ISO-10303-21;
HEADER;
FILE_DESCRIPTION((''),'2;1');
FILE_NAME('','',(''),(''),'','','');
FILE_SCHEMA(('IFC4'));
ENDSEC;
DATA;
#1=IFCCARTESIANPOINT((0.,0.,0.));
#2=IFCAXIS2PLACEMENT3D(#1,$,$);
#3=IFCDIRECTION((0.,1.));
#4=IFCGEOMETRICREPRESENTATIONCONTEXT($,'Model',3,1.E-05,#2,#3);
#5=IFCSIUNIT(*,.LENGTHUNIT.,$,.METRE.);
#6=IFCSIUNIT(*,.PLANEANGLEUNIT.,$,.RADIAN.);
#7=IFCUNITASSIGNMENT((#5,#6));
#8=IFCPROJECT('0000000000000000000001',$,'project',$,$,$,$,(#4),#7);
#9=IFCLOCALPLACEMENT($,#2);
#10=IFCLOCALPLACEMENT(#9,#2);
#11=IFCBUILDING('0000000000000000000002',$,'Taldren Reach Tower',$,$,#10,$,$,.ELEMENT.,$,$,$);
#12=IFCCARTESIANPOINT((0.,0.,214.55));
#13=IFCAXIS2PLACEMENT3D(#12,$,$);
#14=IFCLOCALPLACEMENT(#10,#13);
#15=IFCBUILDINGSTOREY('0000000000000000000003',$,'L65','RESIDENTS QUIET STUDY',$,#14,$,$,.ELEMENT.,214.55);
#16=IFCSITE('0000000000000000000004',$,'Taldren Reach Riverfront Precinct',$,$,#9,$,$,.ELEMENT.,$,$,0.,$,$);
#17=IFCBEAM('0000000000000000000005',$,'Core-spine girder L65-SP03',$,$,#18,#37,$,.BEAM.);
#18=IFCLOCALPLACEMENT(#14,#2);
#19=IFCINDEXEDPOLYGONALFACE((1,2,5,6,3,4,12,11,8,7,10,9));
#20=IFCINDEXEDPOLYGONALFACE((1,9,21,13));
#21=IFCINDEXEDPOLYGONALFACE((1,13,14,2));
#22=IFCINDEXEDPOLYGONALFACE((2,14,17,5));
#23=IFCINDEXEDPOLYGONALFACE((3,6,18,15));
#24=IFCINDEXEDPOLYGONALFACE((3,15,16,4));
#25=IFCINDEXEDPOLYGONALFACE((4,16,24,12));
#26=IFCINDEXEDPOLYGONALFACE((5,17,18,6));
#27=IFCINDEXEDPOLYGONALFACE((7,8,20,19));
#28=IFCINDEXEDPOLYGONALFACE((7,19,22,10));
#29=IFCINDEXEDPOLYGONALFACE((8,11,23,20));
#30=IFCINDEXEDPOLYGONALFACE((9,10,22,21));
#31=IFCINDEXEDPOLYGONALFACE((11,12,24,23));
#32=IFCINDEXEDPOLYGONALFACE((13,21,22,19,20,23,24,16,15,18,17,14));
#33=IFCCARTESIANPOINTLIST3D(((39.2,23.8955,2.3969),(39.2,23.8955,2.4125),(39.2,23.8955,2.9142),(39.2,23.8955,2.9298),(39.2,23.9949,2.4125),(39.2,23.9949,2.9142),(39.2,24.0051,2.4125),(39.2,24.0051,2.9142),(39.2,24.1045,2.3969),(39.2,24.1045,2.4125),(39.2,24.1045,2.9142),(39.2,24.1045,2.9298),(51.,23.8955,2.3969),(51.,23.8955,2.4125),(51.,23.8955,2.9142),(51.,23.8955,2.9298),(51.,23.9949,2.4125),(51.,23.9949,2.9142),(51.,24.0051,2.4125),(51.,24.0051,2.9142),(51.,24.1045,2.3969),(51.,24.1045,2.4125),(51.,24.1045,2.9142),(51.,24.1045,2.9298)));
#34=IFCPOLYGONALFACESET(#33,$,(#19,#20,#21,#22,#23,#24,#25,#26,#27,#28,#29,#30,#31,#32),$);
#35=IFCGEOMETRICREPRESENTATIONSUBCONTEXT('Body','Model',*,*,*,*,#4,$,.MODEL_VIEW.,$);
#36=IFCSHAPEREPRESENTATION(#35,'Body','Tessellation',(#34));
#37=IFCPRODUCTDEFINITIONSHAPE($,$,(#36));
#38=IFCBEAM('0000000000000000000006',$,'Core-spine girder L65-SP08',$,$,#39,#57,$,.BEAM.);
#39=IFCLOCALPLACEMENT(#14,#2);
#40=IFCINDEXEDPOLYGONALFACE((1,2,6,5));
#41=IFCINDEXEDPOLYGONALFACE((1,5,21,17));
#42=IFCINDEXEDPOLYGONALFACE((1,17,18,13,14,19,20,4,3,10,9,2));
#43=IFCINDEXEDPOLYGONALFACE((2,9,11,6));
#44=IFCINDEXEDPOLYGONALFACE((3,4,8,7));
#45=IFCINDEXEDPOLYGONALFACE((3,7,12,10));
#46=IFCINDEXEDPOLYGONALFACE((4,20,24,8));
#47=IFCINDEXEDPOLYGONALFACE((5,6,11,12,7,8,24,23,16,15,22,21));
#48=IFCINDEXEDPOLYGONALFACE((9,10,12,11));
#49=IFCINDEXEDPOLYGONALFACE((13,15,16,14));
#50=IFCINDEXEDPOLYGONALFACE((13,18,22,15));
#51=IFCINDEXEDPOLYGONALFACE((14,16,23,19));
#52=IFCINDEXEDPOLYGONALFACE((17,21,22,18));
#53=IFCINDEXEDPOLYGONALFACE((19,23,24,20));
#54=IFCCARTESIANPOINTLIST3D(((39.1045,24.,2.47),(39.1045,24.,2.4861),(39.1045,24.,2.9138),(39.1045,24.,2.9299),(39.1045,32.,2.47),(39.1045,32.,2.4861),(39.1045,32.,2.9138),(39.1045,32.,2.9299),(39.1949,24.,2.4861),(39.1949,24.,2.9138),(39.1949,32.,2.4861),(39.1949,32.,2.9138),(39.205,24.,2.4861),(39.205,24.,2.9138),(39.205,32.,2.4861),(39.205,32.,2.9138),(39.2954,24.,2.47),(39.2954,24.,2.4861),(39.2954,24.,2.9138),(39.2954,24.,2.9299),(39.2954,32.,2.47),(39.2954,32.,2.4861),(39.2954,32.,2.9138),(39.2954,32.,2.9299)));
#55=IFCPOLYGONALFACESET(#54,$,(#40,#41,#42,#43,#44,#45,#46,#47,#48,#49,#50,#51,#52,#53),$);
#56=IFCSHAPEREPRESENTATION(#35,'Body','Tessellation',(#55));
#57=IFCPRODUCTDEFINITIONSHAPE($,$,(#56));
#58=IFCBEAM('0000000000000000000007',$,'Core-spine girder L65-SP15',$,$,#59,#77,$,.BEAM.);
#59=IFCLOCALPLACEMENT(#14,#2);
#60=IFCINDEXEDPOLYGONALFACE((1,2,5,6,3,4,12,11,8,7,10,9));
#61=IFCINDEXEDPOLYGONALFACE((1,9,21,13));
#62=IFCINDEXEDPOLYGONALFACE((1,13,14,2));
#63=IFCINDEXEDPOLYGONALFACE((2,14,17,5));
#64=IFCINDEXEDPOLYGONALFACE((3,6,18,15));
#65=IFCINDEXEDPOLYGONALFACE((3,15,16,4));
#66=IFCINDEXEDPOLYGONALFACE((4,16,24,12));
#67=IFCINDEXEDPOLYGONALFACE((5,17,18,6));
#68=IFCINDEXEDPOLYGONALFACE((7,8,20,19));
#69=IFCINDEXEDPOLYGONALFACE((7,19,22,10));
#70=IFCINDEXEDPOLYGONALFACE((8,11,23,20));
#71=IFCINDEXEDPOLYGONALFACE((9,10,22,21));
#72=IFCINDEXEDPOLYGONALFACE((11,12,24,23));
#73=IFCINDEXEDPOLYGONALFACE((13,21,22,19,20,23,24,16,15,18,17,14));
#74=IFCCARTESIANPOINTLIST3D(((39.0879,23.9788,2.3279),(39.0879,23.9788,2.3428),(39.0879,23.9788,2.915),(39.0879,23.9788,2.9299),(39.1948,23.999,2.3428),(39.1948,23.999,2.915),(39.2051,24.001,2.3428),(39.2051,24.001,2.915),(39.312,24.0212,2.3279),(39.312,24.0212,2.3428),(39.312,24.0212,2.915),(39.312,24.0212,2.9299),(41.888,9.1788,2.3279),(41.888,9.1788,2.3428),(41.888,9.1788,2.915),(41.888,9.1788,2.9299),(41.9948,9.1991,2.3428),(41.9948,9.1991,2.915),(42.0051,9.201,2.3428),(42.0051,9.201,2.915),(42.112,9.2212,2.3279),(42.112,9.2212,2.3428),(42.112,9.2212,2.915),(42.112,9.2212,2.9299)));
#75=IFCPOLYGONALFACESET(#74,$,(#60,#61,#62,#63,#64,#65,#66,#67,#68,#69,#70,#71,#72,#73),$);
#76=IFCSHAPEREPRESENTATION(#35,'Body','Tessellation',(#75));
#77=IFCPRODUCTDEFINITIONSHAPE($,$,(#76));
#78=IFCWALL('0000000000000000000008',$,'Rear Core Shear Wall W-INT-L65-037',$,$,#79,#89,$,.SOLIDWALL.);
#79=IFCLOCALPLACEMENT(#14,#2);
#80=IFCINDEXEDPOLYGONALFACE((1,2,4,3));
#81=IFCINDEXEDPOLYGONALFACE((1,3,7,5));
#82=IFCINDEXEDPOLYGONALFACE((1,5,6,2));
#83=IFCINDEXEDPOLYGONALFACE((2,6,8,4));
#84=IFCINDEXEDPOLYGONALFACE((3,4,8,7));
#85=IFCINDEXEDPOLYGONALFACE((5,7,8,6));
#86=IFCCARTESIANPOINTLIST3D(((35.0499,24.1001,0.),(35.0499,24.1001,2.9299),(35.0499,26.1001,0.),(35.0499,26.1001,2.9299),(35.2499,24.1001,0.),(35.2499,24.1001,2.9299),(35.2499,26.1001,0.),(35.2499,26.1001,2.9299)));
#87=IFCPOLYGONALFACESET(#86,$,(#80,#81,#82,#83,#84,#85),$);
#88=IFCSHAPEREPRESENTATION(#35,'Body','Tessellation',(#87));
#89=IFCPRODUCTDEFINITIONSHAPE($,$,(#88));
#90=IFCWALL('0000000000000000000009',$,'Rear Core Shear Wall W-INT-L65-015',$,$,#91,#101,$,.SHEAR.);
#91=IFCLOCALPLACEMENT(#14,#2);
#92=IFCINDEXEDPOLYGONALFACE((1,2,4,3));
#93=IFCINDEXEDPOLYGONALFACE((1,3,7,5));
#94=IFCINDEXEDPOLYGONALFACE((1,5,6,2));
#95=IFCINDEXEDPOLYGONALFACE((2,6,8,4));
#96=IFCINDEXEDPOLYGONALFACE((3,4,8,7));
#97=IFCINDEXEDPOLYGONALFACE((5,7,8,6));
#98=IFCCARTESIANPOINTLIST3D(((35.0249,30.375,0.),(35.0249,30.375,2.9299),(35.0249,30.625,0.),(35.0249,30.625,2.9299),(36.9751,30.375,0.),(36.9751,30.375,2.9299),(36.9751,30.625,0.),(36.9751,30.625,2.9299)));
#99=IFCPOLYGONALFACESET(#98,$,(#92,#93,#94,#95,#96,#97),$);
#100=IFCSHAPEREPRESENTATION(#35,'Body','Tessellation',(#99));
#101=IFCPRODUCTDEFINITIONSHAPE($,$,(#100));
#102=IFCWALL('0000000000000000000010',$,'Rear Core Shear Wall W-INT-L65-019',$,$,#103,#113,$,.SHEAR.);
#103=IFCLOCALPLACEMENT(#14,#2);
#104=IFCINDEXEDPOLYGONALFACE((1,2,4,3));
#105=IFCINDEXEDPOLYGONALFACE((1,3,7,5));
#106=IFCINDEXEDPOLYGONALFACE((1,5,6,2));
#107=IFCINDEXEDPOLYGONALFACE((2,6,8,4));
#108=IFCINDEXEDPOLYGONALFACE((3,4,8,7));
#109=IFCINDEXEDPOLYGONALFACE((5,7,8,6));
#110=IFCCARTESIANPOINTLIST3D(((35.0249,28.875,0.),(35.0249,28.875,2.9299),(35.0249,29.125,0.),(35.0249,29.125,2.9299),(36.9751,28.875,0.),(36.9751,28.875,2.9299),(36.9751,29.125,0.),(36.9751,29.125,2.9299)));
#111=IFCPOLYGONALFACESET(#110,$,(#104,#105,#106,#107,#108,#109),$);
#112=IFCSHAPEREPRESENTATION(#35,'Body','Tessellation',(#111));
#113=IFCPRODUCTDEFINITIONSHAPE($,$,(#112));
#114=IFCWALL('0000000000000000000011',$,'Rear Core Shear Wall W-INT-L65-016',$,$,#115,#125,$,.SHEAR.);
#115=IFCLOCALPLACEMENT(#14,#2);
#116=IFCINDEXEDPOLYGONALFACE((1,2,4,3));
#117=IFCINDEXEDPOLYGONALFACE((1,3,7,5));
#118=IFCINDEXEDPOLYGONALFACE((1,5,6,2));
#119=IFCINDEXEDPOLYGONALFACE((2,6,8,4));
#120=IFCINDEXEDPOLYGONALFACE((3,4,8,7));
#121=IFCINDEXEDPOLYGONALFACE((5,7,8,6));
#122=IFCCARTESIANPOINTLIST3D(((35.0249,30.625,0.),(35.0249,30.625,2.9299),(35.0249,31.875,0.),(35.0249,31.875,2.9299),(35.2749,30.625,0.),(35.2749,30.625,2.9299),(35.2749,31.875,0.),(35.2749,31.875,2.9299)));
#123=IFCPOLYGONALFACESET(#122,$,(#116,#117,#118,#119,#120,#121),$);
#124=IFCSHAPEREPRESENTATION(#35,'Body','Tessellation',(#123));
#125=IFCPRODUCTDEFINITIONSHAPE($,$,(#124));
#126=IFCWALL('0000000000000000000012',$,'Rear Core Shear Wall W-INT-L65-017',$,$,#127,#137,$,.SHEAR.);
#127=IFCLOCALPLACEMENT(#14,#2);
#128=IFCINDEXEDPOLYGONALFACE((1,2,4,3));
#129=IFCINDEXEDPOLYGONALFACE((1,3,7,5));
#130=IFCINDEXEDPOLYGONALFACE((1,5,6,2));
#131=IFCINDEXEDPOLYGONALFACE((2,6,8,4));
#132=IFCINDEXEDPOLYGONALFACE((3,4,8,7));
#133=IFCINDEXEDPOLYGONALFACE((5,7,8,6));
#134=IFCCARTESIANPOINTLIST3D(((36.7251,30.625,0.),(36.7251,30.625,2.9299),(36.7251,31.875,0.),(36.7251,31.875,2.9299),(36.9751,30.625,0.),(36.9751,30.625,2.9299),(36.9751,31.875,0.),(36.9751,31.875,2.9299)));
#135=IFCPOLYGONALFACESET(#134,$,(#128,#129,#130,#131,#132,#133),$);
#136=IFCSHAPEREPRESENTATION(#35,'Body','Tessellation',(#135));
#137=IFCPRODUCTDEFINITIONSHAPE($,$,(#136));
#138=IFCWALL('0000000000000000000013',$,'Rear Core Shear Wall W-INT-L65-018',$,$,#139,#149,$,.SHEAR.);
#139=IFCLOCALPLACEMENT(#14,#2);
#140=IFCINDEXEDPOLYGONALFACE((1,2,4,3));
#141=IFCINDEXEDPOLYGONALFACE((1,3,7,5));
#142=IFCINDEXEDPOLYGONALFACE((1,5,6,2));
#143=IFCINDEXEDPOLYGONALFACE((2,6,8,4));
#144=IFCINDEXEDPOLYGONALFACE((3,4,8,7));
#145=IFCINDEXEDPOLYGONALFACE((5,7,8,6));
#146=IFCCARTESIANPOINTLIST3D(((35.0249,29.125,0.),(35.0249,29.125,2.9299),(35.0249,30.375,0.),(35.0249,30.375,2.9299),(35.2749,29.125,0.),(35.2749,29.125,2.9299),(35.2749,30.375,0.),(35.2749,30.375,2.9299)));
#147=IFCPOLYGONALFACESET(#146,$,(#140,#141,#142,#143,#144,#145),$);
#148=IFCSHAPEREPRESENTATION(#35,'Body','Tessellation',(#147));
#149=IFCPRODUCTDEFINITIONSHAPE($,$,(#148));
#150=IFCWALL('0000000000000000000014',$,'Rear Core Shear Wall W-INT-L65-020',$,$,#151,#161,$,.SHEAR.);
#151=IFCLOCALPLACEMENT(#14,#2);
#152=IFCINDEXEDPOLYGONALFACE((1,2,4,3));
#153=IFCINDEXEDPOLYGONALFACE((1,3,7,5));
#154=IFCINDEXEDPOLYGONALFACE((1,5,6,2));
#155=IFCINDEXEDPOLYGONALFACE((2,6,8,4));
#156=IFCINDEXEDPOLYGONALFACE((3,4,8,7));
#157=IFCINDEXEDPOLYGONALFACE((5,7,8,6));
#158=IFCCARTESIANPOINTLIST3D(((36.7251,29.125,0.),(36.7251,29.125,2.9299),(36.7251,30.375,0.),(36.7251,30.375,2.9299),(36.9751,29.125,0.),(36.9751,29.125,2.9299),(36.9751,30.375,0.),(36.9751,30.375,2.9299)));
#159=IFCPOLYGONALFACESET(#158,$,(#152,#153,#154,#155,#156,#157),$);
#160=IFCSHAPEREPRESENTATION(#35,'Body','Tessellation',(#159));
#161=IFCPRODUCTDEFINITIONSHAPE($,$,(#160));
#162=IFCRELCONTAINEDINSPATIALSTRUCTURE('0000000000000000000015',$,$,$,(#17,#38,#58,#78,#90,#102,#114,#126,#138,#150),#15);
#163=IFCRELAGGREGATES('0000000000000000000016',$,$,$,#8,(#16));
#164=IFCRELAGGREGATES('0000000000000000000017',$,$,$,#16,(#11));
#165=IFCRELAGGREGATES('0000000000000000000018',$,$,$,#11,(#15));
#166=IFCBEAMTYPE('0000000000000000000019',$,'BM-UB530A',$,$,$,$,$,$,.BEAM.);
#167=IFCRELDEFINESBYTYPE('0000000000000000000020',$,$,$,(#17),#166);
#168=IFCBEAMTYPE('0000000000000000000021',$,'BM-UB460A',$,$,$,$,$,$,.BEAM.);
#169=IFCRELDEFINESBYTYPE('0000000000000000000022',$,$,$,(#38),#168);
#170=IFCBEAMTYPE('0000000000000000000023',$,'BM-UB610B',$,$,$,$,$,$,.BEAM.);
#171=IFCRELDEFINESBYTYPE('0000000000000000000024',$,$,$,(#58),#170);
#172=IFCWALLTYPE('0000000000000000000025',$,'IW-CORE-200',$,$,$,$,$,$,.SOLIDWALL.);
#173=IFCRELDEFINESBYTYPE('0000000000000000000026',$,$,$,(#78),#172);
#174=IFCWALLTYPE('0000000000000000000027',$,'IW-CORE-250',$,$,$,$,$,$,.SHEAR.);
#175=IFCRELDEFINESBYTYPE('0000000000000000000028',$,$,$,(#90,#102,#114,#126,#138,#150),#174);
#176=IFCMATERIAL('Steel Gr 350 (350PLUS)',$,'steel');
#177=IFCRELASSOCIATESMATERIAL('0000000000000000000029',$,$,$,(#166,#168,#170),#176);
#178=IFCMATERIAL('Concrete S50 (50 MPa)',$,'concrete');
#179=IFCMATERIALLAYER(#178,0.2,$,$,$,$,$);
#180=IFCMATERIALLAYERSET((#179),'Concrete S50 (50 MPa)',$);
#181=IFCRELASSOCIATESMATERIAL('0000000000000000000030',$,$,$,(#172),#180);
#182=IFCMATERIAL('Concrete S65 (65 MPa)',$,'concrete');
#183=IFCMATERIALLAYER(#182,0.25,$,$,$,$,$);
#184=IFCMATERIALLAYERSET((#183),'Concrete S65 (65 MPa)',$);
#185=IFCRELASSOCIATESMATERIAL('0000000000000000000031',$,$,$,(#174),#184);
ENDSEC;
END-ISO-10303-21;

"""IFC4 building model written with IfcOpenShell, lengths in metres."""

from ifc_helpers import new_model, si_unit, direction, frame, frame_2d, origin, origin_2d, place, context, subcontext, project, spatial, rectangle, i_section, extrude, source, transform, mapped, material, layer, layer_set, material_profile, profile_set, type_object, element, save


model = new_model("IFC4")

# Units and contexts
model_context = context("Model", 3, precision=1e-05, world=origin(), true_north=direction((0.0, 1.0)))
body_context = subcontext(model_context, "Body", "Model", "MODEL_VIEW")
ifc_project = project(units=[si_unit("LENGTHUNIT", "METRE"), si_unit("PLANEANGLEUNIT", "RADIAN")], contexts=[model_context])

# Site, building, storey
site_placement = place(None, origin())
site = spatial("IfcSite", under=ifc_project, at=site_placement, Name="Taldren Reach Riverfront Precinct", CompositionType="ELEMENT", RefElevation=0.0)
building_placement = place(site_placement, origin())
building = spatial("IfcBuilding", under=site, at=building_placement, Name="Taldren Reach Tower", CompositionType="ELEMENT")
storey_placement = place(building_placement, frame((0.0, 0.0, 214.55)))
storey = spatial("IfcBuildingStorey", under=building, at=storey_placement, Name="L65", Description="RESIDENTS QUIET STUDY", CompositionType="ELEMENT", Elevation=214.55)

# Beams
ifc_material_1 = material(Name="Steel Gr 350 (350PLUS)", Category="steel")
ifc_material_profile_1 = material_profile(ifc_material_1, i_section(OverallWidth=0.209, OverallDepth=0.533, WebThickness=0.0103, FlangeThickness=0.0156, at=origin_2d()), Name="530UB92.4")
ifc_profile_set_1 = profile_set([ifc_material_profile_1], Name="Steel Gr 350 (350PLUS)")
beam_type_1 = type_object("IfcBeamType", Name="BM-UB530A", PredefinedType="BEAM", material=ifc_profile_set_1)
shared_shape_1 = source(origin(), body_context, "Body", "SweptSolid", [
    extrude(i_section(OverallWidth=0.209, OverallDepth=0.533, WebThickness=0.0103, FlangeThickness=0.0156, at=origin_2d()), origin(), (0.0, 0.0, 1.0), 11.8),
])
beam_1_placement = place(storey_placement, frame((39.2, 24.0, 2.6633), z_axis=(1.0, 0.0, 0.0), x_axis=(0.0, 1.0, 0.0)))
element("IfcBeam", 1, at=beam_1_placement, inside=storey, type_object=beam_type_1, Name="Core-spine girder L65-SP03", PredefinedType="BEAM", context=body_context, shape_type="MappedRepresentation", body=[
    mapped(shared_shape_1, transform((0.0, 0.0, 0.0), scale=1.0)),
])
ifc_material_profile_2 = material_profile(ifc_material_1, i_section(OverallWidth=0.1909, OverallDepth=0.46, WebThickness=0.01, FlangeThickness=0.0161, at=origin_2d()), Name="460UB82.1")
ifc_profile_set_2 = profile_set([ifc_material_profile_2], Name="Steel Gr 350 (350PLUS)")
beam_type_2 = type_object("IfcBeamType", Name="BM-UB460A", PredefinedType="BEAM", material=ifc_profile_set_2)
shared_shape_2 = source(origin(), body_context, "Body", "SweptSolid", [
    extrude(i_section(OverallWidth=0.1909, OverallDepth=0.46, WebThickness=0.01, FlangeThickness=0.0161, at=origin_2d()), origin(), (0.0, 0.0, 1.0), 8.0),
])
beam_2_placement = place(storey_placement, frame((39.2, 24.0, 2.7), z_axis=(0.0, 1.0, 0.0), x_axis=(-1.0, 0.0, 0.0)))
element("IfcBeam", 2, at=beam_2_placement, inside=storey, type_object=beam_type_2, Name="Core-spine girder L65-SP08", PredefinedType="BEAM", context=body_context, shape_type="MappedRepresentation", body=[
    mapped(shared_shape_2, transform((0.0, 0.0, 0.0), scale=1.0)),
])
ifc_material_profile_3 = material_profile(ifc_material_1, i_section(OverallWidth=0.228, OverallDepth=0.6021, WebThickness=0.0105, FlangeThickness=0.0149, at=origin_2d()), Name="610UB101")
ifc_profile_set_3 = profile_set([ifc_material_profile_3], Name="Steel Gr 350 (350PLUS)")
beam_type_3 = type_object("IfcBeamType", Name="BM-UB610B", PredefinedType="BEAM", material=ifc_profile_set_3)
shared_shape_3 = source(origin(), body_context, "Body", "SweptSolid", [
    extrude(i_section(OverallWidth=0.228, OverallDepth=0.6021, WebThickness=0.0105, FlangeThickness=0.0149, at=origin_2d()), origin(), (0.0, 0.0, 1.0), 15.0625),
])
beam_3_placement = place(storey_placement, frame((39.2, 24.0, 2.6289), z_axis=(0.185894, -0.98257, 0.0), x_axis=(0.98257, 0.185894, 0.0)))
element("IfcBeam", 3, at=beam_3_placement, inside=storey, type_object=beam_type_3, Name="Core-spine girder L65-SP15", PredefinedType="BEAM", context=body_context, shape_type="MappedRepresentation", body=[
    mapped(shared_shape_3, transform((0.0, 0.0, 0.0), scale=1.0)),
])

# Walls
ifc_material_2 = material(Name="Concrete S50 (50 MPa)", Category="concrete")
ifc_layer_1 = layer(ifc_material_2, 0.2)
ifc_layer_set_1 = layer_set([ifc_layer_1], Name="Concrete S50 (50 MPa)")
wall_type_1 = type_object("IfcWallType", Name="IW-CORE-200", PredefinedType="SOLIDWALL", material=ifc_layer_set_1)
shared_shape_4 = source(origin(), body_context, "Body", "SweptSolid", [
    extrude(rectangle(XDim=2.0, YDim=0.2, at=frame_2d((1.0, 0.0))), origin(), (0.0, 0.0, 1.0), 2.9299),
])
wall_1_placement = place(storey_placement, frame((35.1499, 26.1001, 0.0), z_axis=(0.0, 0.0, 1.0), x_axis=(0.0, -1.0, 0.0)))
element("IfcWall", 4, at=wall_1_placement, inside=storey, type_object=wall_type_1, Name="Rear Core Shear Wall W-INT-L65-037", PredefinedType="SOLIDWALL", context=body_context, shape_type="MappedRepresentation", body=[
    mapped(shared_shape_4, transform((0.0, 0.0, 0.0), scale=1.0)),
])
ifc_material_3 = material(Name="Concrete S65 (65 MPa)", Category="concrete")
ifc_layer_2 = layer(ifc_material_3, 0.25)
ifc_layer_set_2 = layer_set([ifc_layer_2], Name="Concrete S65 (65 MPa)")
wall_type_2 = type_object("IfcWallType", Name="IW-CORE-250", PredefinedType="SHEAR", material=ifc_layer_set_2)
shared_shape_5 = source(origin(), body_context, "Body", "SweptSolid", [
    extrude(rectangle(XDim=1.9502, YDim=0.25, at=frame_2d((0.9751, 0.0))), origin(), (0.0, 0.0, 1.0), 2.9299),
])
for number, where, z_axis, x_axis, name in (
    (5, (35.0249, 30.5, 0.0), (0.0, 0.0, 1.0), (1.0, 0.0, 0.0), "Rear Core Shear Wall W-INT-L65-015"),
    (6, (35.0249, 29.0, 0.0), (0.0, 0.0, 1.0), (1.0, 0.0, 0.0), "Rear Core Shear Wall W-INT-L65-019"),
):
    element("IfcWall", number, at=place(storey_placement, frame(where, z_axis=z_axis, x_axis=x_axis)), inside=storey, type_object=wall_type_2, Name=name, PredefinedType="SHEAR", context=body_context, shape_type="MappedRepresentation", body=[
        mapped(shared_shape_5, transform((0.0, 0.0, 0.0), scale=1.0)),
    ])
shared_shape_6 = source(origin(), body_context, "Body", "SweptSolid", [
    extrude(rectangle(XDim=1.25, YDim=0.25, at=frame_2d((0.625, 0.0))), origin(), (0.0, 0.0, 1.0), 2.9299),
])
for number, where, z_axis, x_axis, name in (
    (7, (35.1499, 31.875, 0.0), (0.0, 0.0, 1.0), (0.0, -1.0, 0.0), "Rear Core Shear Wall W-INT-L65-016"),
    (8, (36.8501, 30.625, 0.0), (0.0, 0.0, 1.0), (0.0, 1.0, 0.0), "Rear Core Shear Wall W-INT-L65-017"),
    (9, (35.1499, 30.375, 0.0), (0.0, 0.0, 1.0), (0.0, -1.0, 0.0), "Rear Core Shear Wall W-INT-L65-018"),
    (10, (36.8501, 29.125, 0.0), (0.0, 0.0, 1.0), (0.0, 1.0, 0.0), "Rear Core Shear Wall W-INT-L65-020"),
):
    element("IfcWall", number, at=place(storey_placement, frame(where, z_axis=z_axis, x_axis=x_axis)), inside=storey, type_object=wall_type_2, Name=name, PredefinedType="SHEAR", context=body_context, shape_type="MappedRepresentation", body=[
        mapped(shared_shape_6, transform((0.0, 0.0, 0.0), scale=1.0)),
    ])

save(model, "model.ifc")
